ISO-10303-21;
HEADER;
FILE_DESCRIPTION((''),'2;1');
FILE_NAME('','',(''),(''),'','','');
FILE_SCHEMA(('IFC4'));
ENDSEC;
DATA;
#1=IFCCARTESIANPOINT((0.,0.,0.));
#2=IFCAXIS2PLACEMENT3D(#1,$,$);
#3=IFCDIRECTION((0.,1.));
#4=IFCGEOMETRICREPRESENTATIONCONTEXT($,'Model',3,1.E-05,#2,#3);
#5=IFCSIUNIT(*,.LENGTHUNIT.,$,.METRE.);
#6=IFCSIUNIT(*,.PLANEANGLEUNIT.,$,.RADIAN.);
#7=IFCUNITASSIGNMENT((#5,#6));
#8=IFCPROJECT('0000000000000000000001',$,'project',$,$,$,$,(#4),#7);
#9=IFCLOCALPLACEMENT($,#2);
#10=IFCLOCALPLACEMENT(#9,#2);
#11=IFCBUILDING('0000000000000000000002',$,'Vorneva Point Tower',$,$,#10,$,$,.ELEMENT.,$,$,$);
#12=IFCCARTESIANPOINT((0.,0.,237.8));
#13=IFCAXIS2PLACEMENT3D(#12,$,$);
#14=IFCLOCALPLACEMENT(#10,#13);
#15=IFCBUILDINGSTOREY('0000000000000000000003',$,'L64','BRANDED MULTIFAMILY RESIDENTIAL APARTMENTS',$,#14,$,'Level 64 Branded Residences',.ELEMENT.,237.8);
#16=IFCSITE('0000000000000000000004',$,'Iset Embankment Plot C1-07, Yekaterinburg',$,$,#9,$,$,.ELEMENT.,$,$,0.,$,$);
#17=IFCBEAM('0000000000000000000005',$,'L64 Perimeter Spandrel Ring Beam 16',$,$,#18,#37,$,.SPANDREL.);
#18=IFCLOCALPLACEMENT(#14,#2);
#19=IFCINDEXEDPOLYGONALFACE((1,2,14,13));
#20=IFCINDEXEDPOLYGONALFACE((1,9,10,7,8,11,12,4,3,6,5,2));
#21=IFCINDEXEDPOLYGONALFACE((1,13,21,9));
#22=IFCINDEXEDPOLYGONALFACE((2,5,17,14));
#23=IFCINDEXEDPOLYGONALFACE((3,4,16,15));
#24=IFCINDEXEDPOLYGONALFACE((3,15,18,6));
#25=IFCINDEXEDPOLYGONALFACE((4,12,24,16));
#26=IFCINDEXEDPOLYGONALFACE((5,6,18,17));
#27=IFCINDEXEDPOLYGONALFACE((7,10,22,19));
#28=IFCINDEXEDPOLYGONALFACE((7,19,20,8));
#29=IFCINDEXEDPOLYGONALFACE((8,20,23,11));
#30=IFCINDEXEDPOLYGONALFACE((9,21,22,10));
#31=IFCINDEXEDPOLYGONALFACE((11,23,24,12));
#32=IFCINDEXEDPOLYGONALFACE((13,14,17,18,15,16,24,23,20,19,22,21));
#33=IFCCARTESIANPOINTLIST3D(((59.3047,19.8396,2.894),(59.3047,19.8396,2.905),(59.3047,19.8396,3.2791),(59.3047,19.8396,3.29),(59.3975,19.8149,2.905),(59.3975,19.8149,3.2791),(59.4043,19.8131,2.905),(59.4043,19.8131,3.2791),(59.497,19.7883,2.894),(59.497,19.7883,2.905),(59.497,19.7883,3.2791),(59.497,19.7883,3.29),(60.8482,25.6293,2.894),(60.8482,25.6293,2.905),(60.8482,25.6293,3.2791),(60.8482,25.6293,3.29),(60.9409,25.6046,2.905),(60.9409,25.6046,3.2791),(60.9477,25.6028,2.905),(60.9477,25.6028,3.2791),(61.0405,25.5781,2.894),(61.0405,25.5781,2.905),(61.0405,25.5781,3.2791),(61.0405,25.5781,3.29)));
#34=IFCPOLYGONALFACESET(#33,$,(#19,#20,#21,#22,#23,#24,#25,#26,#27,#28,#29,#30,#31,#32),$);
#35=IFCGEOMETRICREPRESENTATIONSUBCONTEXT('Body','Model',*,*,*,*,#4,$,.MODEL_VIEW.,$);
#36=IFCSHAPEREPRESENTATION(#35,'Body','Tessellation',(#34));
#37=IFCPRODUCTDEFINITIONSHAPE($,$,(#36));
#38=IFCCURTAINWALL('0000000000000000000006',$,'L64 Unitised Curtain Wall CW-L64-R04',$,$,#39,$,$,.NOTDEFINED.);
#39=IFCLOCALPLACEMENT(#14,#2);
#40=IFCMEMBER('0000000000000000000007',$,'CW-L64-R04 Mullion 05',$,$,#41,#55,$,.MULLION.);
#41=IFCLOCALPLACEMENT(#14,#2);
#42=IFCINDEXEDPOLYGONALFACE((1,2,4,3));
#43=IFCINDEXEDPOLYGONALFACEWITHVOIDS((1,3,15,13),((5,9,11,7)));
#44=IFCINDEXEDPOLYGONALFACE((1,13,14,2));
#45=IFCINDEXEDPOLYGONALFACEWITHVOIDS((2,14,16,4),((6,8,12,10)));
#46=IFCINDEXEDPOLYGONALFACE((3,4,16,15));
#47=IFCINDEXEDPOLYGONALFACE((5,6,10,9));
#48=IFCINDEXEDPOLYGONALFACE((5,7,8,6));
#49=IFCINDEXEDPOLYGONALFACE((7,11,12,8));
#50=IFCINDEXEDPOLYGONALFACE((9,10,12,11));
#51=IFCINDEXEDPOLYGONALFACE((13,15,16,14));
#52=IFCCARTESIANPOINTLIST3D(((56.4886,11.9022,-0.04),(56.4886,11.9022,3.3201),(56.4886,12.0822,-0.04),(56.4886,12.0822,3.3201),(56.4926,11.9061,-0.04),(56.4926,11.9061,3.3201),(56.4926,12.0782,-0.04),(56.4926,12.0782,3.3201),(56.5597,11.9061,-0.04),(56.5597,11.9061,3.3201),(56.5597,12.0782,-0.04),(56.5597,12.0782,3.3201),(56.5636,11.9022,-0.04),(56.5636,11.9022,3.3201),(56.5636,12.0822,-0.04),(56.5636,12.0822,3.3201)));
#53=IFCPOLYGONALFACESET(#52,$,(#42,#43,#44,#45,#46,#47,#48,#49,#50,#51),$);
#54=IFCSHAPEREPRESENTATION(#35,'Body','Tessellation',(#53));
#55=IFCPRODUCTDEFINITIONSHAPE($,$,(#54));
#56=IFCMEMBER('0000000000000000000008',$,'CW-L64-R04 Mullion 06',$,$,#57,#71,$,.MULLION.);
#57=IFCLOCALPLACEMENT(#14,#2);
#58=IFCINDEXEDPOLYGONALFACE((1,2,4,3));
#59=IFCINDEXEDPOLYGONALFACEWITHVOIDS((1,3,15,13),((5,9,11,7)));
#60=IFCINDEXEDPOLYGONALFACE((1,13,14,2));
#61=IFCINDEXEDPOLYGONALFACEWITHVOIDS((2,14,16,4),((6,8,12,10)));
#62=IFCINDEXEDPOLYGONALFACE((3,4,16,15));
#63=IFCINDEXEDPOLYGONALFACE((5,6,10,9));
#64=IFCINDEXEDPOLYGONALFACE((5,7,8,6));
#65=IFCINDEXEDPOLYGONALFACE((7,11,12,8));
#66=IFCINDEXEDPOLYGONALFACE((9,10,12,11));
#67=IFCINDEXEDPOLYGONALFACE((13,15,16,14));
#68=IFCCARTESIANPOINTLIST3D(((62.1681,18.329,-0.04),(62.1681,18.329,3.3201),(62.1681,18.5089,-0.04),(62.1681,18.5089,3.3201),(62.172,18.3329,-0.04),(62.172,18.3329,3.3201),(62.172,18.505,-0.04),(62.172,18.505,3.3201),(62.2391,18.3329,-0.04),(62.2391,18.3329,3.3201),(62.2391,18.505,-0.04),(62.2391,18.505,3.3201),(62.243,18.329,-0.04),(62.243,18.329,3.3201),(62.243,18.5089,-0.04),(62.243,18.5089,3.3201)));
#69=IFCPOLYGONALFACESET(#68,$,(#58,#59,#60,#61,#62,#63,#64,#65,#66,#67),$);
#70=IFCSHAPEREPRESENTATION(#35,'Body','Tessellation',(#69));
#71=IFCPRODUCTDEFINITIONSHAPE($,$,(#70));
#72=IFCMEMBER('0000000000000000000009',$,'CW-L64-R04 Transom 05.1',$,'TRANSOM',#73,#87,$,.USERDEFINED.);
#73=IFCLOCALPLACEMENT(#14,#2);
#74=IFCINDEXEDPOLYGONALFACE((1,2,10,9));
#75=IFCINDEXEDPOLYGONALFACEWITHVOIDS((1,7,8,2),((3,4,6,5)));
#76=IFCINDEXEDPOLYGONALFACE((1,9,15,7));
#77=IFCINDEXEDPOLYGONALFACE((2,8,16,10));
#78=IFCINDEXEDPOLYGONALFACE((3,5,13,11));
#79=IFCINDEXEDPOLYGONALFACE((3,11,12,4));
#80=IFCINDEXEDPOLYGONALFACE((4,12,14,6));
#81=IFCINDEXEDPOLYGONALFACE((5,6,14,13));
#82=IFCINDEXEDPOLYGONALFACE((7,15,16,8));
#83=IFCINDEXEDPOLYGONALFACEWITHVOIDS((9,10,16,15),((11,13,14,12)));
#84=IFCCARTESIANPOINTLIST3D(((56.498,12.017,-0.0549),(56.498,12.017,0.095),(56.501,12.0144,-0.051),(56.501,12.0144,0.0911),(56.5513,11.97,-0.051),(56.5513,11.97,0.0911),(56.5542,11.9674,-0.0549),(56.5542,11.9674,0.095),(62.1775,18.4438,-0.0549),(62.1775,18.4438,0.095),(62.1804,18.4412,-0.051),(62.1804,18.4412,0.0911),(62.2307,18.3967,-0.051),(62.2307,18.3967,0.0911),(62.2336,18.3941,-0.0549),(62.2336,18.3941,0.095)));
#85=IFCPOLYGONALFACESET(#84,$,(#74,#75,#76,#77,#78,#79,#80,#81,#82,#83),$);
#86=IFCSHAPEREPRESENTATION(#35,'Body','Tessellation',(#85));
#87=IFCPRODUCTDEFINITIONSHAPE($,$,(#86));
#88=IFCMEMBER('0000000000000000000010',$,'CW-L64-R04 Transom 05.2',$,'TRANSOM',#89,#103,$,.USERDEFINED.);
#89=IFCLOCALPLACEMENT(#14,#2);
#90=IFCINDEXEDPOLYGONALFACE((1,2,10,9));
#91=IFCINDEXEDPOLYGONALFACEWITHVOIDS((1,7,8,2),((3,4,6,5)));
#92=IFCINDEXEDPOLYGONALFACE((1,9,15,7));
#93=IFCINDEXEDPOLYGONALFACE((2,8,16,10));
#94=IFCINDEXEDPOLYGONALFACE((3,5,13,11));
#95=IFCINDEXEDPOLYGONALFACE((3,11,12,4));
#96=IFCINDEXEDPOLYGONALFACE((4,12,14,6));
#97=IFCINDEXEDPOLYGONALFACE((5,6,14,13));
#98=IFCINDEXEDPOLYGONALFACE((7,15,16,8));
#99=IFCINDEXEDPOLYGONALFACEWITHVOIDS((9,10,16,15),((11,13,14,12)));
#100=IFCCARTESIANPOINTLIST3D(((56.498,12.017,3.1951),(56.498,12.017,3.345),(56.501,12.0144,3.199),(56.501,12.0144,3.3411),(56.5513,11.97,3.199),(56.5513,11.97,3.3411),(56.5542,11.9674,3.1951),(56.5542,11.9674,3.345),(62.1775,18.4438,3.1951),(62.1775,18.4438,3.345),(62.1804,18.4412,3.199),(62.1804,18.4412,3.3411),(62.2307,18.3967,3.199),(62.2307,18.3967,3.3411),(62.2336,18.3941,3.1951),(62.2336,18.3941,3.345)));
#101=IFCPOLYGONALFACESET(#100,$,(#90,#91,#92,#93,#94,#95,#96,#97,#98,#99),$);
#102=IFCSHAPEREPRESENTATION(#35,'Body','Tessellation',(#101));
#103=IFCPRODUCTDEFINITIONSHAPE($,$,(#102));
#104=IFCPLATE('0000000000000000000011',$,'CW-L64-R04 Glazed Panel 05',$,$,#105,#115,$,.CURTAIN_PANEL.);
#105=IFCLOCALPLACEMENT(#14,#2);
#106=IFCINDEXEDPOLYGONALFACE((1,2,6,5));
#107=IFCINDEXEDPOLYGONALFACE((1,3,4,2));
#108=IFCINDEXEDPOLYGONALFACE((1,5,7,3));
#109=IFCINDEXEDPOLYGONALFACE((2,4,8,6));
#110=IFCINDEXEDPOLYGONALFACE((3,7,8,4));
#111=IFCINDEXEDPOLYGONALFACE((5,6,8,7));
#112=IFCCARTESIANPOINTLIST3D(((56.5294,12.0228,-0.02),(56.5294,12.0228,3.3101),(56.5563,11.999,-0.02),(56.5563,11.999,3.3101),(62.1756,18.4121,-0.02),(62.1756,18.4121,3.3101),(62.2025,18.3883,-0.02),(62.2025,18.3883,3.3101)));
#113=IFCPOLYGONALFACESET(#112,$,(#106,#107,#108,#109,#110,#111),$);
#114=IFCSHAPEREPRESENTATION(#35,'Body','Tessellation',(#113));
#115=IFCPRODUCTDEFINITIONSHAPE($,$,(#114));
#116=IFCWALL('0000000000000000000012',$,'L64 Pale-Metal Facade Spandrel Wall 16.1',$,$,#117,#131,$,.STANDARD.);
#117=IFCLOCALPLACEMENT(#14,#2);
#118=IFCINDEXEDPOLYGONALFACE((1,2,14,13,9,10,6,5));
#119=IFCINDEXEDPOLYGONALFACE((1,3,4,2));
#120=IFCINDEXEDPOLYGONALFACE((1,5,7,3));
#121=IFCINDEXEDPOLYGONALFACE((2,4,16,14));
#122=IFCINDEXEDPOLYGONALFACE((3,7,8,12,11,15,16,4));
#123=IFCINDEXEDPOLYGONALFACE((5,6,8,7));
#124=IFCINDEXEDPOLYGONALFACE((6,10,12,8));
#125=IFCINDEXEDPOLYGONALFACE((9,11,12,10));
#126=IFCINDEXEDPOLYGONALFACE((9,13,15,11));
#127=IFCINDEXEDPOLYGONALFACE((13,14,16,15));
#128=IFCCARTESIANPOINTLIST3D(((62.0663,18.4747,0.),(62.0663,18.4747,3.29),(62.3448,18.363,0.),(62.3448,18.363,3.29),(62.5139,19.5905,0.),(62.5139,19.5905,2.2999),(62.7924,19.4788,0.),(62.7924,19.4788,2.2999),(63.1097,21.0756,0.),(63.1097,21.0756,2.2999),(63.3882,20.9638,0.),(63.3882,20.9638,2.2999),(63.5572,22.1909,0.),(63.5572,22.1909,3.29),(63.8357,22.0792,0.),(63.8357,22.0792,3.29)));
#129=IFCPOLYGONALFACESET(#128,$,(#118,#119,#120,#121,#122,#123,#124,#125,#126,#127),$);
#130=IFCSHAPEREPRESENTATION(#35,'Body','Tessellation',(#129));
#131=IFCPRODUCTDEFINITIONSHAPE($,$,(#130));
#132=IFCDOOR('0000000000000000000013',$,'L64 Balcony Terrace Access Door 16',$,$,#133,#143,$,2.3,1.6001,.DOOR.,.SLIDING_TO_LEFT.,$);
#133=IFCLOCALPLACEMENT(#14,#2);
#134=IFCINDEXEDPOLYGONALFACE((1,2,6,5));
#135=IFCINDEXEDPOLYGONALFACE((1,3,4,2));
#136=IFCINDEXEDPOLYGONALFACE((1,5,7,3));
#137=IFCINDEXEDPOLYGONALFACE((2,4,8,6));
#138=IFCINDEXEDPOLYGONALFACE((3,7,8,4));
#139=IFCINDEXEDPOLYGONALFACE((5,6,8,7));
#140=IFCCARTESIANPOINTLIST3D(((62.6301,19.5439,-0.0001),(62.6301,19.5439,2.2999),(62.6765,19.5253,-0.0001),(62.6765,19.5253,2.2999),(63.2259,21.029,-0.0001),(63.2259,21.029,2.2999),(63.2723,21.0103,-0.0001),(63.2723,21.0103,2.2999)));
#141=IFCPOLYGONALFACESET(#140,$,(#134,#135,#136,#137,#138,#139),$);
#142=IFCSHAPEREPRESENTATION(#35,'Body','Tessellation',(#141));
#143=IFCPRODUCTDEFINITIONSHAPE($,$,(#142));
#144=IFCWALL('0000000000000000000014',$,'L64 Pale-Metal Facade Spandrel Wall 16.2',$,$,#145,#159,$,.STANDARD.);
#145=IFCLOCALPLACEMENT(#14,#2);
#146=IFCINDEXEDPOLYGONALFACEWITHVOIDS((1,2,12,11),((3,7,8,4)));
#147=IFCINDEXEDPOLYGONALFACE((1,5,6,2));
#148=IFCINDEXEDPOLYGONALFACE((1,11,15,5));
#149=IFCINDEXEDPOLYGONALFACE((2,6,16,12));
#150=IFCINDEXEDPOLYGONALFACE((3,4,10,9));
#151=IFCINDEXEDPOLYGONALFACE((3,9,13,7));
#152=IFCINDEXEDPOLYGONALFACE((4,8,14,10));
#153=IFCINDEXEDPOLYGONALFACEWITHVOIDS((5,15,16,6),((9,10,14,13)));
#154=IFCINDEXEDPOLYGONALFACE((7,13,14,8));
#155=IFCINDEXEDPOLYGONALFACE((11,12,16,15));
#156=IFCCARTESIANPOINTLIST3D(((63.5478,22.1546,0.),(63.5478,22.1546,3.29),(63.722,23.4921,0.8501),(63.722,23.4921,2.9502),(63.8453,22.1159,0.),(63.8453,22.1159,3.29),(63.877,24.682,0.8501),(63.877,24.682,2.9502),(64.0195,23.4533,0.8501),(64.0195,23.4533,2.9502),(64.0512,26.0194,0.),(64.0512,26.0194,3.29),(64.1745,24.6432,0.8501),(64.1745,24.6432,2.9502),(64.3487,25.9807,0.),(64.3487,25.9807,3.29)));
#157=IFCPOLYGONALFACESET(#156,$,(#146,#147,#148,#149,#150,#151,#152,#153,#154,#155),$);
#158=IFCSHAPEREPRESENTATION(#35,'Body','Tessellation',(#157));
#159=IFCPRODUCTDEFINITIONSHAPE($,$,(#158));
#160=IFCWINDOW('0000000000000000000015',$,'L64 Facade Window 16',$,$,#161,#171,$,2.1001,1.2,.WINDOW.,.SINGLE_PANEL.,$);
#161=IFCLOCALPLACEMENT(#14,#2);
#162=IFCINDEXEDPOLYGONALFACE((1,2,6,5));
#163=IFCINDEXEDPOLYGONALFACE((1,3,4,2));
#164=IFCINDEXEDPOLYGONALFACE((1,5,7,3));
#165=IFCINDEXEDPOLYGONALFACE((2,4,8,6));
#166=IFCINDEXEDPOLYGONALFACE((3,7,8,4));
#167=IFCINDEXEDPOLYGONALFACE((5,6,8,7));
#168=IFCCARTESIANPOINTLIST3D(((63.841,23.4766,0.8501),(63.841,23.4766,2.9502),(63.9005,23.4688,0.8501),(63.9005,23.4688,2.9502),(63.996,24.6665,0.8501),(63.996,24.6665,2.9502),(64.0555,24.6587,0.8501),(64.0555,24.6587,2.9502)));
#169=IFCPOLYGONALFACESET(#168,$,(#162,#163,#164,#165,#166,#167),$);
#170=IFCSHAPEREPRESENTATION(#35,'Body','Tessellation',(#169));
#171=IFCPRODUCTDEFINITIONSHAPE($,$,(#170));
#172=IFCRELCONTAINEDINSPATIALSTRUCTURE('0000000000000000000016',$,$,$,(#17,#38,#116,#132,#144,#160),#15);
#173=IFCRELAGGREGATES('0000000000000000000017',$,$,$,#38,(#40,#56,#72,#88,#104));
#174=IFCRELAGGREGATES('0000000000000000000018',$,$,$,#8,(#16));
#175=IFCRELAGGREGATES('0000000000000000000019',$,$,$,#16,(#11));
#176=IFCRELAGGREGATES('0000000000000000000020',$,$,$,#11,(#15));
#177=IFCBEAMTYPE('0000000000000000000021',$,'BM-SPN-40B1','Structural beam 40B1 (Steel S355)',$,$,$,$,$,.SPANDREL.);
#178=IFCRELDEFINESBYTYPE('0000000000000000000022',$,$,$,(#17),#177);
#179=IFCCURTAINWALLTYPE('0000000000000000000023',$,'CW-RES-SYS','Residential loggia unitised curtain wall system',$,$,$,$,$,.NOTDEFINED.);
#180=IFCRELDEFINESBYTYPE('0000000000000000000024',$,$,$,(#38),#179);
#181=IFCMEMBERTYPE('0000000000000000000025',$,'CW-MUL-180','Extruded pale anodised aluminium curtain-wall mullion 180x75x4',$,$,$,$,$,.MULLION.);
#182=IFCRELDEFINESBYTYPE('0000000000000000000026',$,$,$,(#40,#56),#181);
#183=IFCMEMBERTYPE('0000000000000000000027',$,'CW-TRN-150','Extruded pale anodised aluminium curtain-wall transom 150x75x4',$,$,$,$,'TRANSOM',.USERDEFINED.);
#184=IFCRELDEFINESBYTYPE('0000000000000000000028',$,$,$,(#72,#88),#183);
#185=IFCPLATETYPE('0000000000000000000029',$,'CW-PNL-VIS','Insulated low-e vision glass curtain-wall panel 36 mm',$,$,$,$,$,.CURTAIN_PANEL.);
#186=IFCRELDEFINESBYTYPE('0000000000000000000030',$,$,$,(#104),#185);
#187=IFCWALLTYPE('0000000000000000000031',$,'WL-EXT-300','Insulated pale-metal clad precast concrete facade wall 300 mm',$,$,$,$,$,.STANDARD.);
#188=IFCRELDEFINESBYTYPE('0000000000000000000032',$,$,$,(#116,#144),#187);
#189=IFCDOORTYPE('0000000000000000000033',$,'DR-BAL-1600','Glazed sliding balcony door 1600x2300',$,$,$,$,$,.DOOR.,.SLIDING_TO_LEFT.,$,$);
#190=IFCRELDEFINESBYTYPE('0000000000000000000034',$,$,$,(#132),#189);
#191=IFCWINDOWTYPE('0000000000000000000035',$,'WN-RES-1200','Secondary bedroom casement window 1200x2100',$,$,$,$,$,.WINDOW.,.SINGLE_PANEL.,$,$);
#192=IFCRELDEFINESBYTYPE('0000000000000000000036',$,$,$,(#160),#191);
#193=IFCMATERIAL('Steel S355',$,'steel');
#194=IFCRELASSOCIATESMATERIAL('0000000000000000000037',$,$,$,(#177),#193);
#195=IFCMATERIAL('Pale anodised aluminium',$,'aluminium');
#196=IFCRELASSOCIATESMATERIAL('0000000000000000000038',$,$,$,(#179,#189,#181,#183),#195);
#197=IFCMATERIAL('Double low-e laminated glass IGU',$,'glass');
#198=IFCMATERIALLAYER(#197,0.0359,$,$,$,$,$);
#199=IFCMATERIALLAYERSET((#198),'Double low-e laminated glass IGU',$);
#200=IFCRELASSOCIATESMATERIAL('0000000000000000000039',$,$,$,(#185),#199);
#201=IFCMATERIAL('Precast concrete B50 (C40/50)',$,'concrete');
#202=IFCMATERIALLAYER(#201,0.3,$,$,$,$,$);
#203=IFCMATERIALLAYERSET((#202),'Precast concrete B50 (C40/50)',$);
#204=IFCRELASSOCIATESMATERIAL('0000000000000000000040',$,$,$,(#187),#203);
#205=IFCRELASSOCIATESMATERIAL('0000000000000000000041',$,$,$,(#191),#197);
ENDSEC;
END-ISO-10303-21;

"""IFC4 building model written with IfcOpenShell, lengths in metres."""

from ifc_helpers import new_model, si_unit, direction, frame, frame_2d, origin, origin_2d, place, context, subcontext, project, spatial, rectangle, hollow_rectangle, i_section, extrude, material, layer, layer_set, material_profile, profile_set, type_object, element, fill, aggregate, save


model = new_model("IFC4")

# Units and contexts
model_context = context("Model", 3, precision=1e-05, world=origin(), true_north=direction((0.0, 1.0)))
body_context = subcontext(model_context, "Body", "Model", "MODEL_VIEW")
ifc_project = project(units=[si_unit("LENGTHUNIT", "METRE"), si_unit("PLANEANGLEUNIT", "RADIAN")], contexts=[model_context])

# Site, building, storey
site_placement = place(None, origin())
site = spatial("IfcSite", under=ifc_project, at=site_placement, Name="Iset Embankment Plot C1-07, Yekaterinburg", CompositionType="ELEMENT", RefElevation=0.0)
building_placement = place(site_placement, origin())
building = spatial("IfcBuilding", under=site, at=building_placement, Name="Vorneva Point Tower", CompositionType="ELEMENT")
storey_placement = place(building_placement, frame((0.0, 0.0, 237.8)))
storey = spatial("IfcBuildingStorey", under=building, at=storey_placement, Name="L64", Description="BRANDED MULTIFAMILY RESIDENTIAL APARTMENTS", LongName="Level 64 Branded Residences", CompositionType="ELEMENT", Elevation=237.8)

# Beam
ifc_material_1 = material(Name="Steel S355", Category="steel")
ifc_material_profile_1 = material_profile(ifc_material_1, i_section(OverallWidth=0.199, OverallDepth=0.396, WebThickness=0.0071, FlangeThickness=0.011, at=origin_2d()), Name="40B1")
ifc_profile_set_1 = profile_set([ifc_material_profile_1], Name="Steel S355")
beam_type_1 = type_object("IfcBeamType", Name="BM-SPN-40B1", Description="Structural beam 40B1 (Steel S355)", PredefinedType="SPANDREL", material=ifc_profile_set_1)
beam_1_placement = place(storey_placement, frame((59.4009, 19.814, 3.092), z_axis=(0.257587, 0.966255, 0.0), x_axis=(-0.966255, 0.257587, 0.0)))
element("IfcBeam", 1, at=beam_1_placement, inside=storey, type_object=beam_type_1, Name="L64 Perimeter Spandrel Ring Beam 16", PredefinedType="SPANDREL", context=body_context, shape_type="SweptSolid", body=[
    extrude(i_section(OverallWidth=0.199, OverallDepth=0.396, WebThickness=0.0071, FlangeThickness=0.011, at=origin_2d()), origin(), (0.0, 0.0, 1.0), 5.9919),
])

# Curtain wall, members, plate
ifc_material_2 = material(Name="Pale anodised aluminium", Category="aluminium")
curtain_wall_type = type_object("IfcCurtainWallType", Name="CW-RES-SYS", Description="Residential loggia unitised curtain wall system", PredefinedType="NOTDEFINED", material=ifc_material_2)
curtain_wall_placement = place(storey_placement, origin())
curtain_wall = element("IfcCurtainWall", 2, at=curtain_wall_placement, inside=storey, type_object=curtain_wall_type, Name="L64 Unitised Curtain Wall CW-L64-R04", PredefinedType="NOTDEFINED")
ifc_material_profile_2 = material_profile(ifc_material_2, hollow_rectangle(XDim=0.075, YDim=0.1799, WallThickness=0.0039, at=origin_2d()), Name="AL-MUL 180x75x4")
ifc_profile_set_2 = profile_set([ifc_material_profile_2], Name="Pale anodised aluminium")
member_type_1 = type_object("IfcMemberType", Name="CW-MUL-180", Description="Extruded pale anodised aluminium curtain-wall mullion 180x75x4", PredefinedType="MULLION", material=ifc_profile_set_2)
member_1_placement = place(storey_placement, frame((56.5261, 11.9922, -0.04), z_axis=(0.0, 0.0, 1.0), x_axis=(1.0, 0.0, 0.0)))
member_1 = element("IfcMember", 3, at=member_1_placement, type_object=member_type_1, Name="CW-L64-R04 Mullion 05", PredefinedType="MULLION", context=body_context, shape_type="SweptSolid", body=[
    extrude(hollow_rectangle(XDim=0.075, YDim=0.1799, WallThickness=0.0039, at=origin_2d()), origin(), (0.0, 0.0, 1.0), 3.3601),
])
member_2_placement = place(storey_placement, frame((62.2056, 18.4189, -0.04), z_axis=(0.0, 0.0, 1.0), x_axis=(1.0, 0.0, 0.0)))
member_2 = element("IfcMember", 4, at=member_2_placement, type_object=member_type_1, Name="CW-L64-R04 Mullion 06", PredefinedType="MULLION", context=body_context, shape_type="SweptSolid", body=[
    extrude(hollow_rectangle(XDim=0.075, YDim=0.1799, WallThickness=0.0039, at=origin_2d()), origin(), (0.0, 0.0, 1.0), 3.3601),
])
ifc_material_profile_3 = material_profile(ifc_material_2, hollow_rectangle(XDim=0.075, YDim=0.1499, WallThickness=0.0039, at=origin_2d()), Name="AL-TRN 150x75x4")
ifc_profile_set_3 = profile_set([ifc_material_profile_3], Name="Pale anodised aluminium")
member_type_2 = type_object("IfcMemberType", Name="CW-TRN-150", Description="Extruded pale anodised aluminium curtain-wall transom 150x75x4", ElementType="TRANSOM", PredefinedType="USERDEFINED", material=ifc_profile_set_3)
member_3_placement = place(storey_placement, frame((56.5261, 11.9922, 0.02), z_axis=(0.662197, 0.74933, 0.0), x_axis=(-0.74933, 0.662197, 0.0)))
member_3 = element("IfcMember", 5, at=member_3_placement, type_object=member_type_2, Name="CW-L64-R04 Transom 05.1", ObjectType="TRANSOM", PredefinedType="USERDEFINED", context=body_context, shape_type="SweptSolid", body=[
    extrude(hollow_rectangle(XDim=0.075, YDim=0.1499, WallThickness=0.0039, at=origin_2d()), origin(), (0.0, 0.0, 1.0), 8.5767),
])
member_4_placement = place(storey_placement, frame((56.5261, 11.9922, 3.27), z_axis=(0.662197, 0.74933, 0.0), x_axis=(-0.74933, 0.662197, 0.0)))
member_4 = element("IfcMember", 6, at=member_4_placement, type_object=member_type_2, Name="CW-L64-R04 Transom 05.2", ObjectType="TRANSOM", PredefinedType="USERDEFINED", context=body_context, shape_type="SweptSolid", body=[
    extrude(hollow_rectangle(XDim=0.075, YDim=0.1499, WallThickness=0.0039, at=origin_2d()), origin(), (0.0, 0.0, 1.0), 8.5767),
])
ifc_material_3 = material(Name="Double low-e laminated glass IGU", Category="glass")
ifc_layer_1 = layer(ifc_material_3, 0.0359)
ifc_layer_set_1 = layer_set([ifc_layer_1], Name="Double low-e laminated glass IGU")
plate_type = type_object("IfcPlateType", Name="CW-PNL-VIS", Description="Insulated low-e vision glass curtain-wall panel 36 mm", PredefinedType="CURTAIN_PANEL", material=ifc_layer_set_1)
plate_placement = place(storey_placement, frame((59.366, 15.2056, -0.02), z_axis=(0.0, 0.0, 1.0), x_axis=(0.662189, 0.749337, 0.0)))
plate = element("IfcPlate", 7, at=plate_placement, type_object=plate_type, Name="CW-L64-R04 Glazed Panel 05", PredefinedType="CURTAIN_PANEL", context=body_context, shape_type="SweptSolid", body=[
    extrude(rectangle(XDim=8.5266, YDim=0.0359, at=origin_2d()), origin(), (0.0, 0.0, 1.0), 3.3301),
])
aggregate(curtain_wall, [member_1, member_2, member_3, member_4, plate])

# Wall, opening, door
ifc_material_4 = material(Name="Precast concrete B50 (C40/50)", Category="concrete")
ifc_layer_2 = layer(ifc_material_4, 0.3)
ifc_layer_set_2 = layer_set([ifc_layer_2], Name="Precast concrete B50 (C40/50)")
wall_type_1 = type_object("IfcWallType", Name="WL-EXT-300", Description="Insulated pale-metal clad precast concrete facade wall 300 mm", PredefinedType="STANDARD", material=ifc_layer_set_2)
wall_1_placement = place(storey_placement, frame((62.2056, 18.4189, 0.0), z_axis=(0.0, 0.0, 1.0), x_axis=(0.372347, 0.928094, 0.0)))
wall_1 = element("IfcWall", 8, at=wall_1_placement, inside=storey, type_object=wall_type_1, Name="L64 Pale-Metal Facade Spandrel Wall 16.1", PredefinedType="STANDARD", context=body_context, shape_type="SweptSolid", body=[
    extrude(rectangle(XDim=4.0042, YDim=0.3, at=frame_2d((2.002, 0.0))), origin(), (0.0, 0.0, 1.0), 3.29),
])
opening_1_placement = place(wall_1_placement, frame((1.2021, 0.0, 0.0)))
opening_1 = element("IfcOpeningElement", 9, at=opening_1_placement, cuts=wall_1, PredefinedType="OPENING", context=body_context, shape_type="SweptSolid", body=[
    extrude(rectangle(XDim=1.6001, YDim=2.3, at=frame_2d((0.8, 1.1499))), frame((0.0, 0.165, 0.0), z_axis=(0.0, -1.0, 0.0), x_axis=(1.0, 0.0, 0.0)), (0.0, 0.0, 1.0), 0.3298),
])
door_type = type_object("IfcDoorType", Name="DR-BAL-1600", Description="Glazed sliding balcony door 1600x2300", OperationType="SLIDING_TO_LEFT", PredefinedType="DOOR", material=ifc_material_2)
door_placement = place(opening_1_placement, origin())
door = element("IfcDoor", 10, at=door_placement, inside=storey, type_object=door_type, Name="L64 Balcony Terrace Access Door 16", OperationType="SLIDING_TO_LEFT", OverallHeight=2.3, OverallWidth=1.6001, PredefinedType="DOOR", context=body_context, shape_type="SweptSolid", body=[
    extrude(rectangle(XDim=1.6001, YDim=2.3, at=frame_2d((0.8, 1.1499))), frame((0.0, 0.0249, 0.0), z_axis=(0.0, -1.0, 0.0), x_axis=(1.0, 0.0, 0.0)), (0.0, 0.0, 1.0), 0.05),
])
fill(opening_1, door)

# Wall, opening, window
wall_2_placement = place(storey_placement, frame((63.6965, 22.1353, 0.0), z_axis=(0.0, 0.0, 1.0), x_axis=(0.129168, 0.991623, 0.0)))
wall_2 = element("IfcWall", 11, at=wall_2_placement, inside=storey, type_object=wall_type_1, Name="L64 Pale-Metal Facade Spandrel Wall 16.2", PredefinedType="STANDARD", context=body_context, shape_type="SweptSolid", body=[
    extrude(rectangle(XDim=3.8975, YDim=0.3, at=frame_2d((1.9487, 0.0))), origin(), (0.0, 0.0, 1.0), 3.29),
])
opening_2_placement = place(wall_2_placement, frame((1.3486, 0.0, 0.8501)))
opening_2 = element("IfcOpeningElement", 12, at=opening_2_placement, cuts=wall_2, PredefinedType="OPENING", context=body_context, shape_type="SweptSolid", body=[
    extrude(rectangle(XDim=1.2, YDim=2.1001, at=frame_2d((0.6001, 1.05))), frame((0.0, 0.165, 0.0), z_axis=(0.0, -1.0, 0.0), x_axis=(1.0, 0.0, 0.0)), (0.0, 0.0, 1.0), 0.3298),
])
window_type = type_object("IfcWindowType", Name="WN-RES-1200", Description="Secondary bedroom casement window 1200x2100", PartitioningType="SINGLE_PANEL", PredefinedType="WINDOW", material=ifc_material_3)
window_placement = place(opening_2_placement, origin())
window = element("IfcWindow", 13, at=window_placement, inside=storey, type_object=window_type, Name="L64 Facade Window 16", OverallHeight=2.1001, OverallWidth=1.2, PartitioningType="SINGLE_PANEL", PredefinedType="WINDOW", context=body_context, shape_type="SweptSolid", body=[
    extrude(rectangle(XDim=1.2, YDim=2.1001, at=frame_2d((0.6001, 1.05))), frame((0.0, 0.03, 0.0), z_axis=(0.0, -1.0, 0.0), x_axis=(1.0, 0.0, 0.0)), (0.0, 0.0, 1.0), 0.0601),
])
fill(opening_2, window)

save(model, "model.ifc")
